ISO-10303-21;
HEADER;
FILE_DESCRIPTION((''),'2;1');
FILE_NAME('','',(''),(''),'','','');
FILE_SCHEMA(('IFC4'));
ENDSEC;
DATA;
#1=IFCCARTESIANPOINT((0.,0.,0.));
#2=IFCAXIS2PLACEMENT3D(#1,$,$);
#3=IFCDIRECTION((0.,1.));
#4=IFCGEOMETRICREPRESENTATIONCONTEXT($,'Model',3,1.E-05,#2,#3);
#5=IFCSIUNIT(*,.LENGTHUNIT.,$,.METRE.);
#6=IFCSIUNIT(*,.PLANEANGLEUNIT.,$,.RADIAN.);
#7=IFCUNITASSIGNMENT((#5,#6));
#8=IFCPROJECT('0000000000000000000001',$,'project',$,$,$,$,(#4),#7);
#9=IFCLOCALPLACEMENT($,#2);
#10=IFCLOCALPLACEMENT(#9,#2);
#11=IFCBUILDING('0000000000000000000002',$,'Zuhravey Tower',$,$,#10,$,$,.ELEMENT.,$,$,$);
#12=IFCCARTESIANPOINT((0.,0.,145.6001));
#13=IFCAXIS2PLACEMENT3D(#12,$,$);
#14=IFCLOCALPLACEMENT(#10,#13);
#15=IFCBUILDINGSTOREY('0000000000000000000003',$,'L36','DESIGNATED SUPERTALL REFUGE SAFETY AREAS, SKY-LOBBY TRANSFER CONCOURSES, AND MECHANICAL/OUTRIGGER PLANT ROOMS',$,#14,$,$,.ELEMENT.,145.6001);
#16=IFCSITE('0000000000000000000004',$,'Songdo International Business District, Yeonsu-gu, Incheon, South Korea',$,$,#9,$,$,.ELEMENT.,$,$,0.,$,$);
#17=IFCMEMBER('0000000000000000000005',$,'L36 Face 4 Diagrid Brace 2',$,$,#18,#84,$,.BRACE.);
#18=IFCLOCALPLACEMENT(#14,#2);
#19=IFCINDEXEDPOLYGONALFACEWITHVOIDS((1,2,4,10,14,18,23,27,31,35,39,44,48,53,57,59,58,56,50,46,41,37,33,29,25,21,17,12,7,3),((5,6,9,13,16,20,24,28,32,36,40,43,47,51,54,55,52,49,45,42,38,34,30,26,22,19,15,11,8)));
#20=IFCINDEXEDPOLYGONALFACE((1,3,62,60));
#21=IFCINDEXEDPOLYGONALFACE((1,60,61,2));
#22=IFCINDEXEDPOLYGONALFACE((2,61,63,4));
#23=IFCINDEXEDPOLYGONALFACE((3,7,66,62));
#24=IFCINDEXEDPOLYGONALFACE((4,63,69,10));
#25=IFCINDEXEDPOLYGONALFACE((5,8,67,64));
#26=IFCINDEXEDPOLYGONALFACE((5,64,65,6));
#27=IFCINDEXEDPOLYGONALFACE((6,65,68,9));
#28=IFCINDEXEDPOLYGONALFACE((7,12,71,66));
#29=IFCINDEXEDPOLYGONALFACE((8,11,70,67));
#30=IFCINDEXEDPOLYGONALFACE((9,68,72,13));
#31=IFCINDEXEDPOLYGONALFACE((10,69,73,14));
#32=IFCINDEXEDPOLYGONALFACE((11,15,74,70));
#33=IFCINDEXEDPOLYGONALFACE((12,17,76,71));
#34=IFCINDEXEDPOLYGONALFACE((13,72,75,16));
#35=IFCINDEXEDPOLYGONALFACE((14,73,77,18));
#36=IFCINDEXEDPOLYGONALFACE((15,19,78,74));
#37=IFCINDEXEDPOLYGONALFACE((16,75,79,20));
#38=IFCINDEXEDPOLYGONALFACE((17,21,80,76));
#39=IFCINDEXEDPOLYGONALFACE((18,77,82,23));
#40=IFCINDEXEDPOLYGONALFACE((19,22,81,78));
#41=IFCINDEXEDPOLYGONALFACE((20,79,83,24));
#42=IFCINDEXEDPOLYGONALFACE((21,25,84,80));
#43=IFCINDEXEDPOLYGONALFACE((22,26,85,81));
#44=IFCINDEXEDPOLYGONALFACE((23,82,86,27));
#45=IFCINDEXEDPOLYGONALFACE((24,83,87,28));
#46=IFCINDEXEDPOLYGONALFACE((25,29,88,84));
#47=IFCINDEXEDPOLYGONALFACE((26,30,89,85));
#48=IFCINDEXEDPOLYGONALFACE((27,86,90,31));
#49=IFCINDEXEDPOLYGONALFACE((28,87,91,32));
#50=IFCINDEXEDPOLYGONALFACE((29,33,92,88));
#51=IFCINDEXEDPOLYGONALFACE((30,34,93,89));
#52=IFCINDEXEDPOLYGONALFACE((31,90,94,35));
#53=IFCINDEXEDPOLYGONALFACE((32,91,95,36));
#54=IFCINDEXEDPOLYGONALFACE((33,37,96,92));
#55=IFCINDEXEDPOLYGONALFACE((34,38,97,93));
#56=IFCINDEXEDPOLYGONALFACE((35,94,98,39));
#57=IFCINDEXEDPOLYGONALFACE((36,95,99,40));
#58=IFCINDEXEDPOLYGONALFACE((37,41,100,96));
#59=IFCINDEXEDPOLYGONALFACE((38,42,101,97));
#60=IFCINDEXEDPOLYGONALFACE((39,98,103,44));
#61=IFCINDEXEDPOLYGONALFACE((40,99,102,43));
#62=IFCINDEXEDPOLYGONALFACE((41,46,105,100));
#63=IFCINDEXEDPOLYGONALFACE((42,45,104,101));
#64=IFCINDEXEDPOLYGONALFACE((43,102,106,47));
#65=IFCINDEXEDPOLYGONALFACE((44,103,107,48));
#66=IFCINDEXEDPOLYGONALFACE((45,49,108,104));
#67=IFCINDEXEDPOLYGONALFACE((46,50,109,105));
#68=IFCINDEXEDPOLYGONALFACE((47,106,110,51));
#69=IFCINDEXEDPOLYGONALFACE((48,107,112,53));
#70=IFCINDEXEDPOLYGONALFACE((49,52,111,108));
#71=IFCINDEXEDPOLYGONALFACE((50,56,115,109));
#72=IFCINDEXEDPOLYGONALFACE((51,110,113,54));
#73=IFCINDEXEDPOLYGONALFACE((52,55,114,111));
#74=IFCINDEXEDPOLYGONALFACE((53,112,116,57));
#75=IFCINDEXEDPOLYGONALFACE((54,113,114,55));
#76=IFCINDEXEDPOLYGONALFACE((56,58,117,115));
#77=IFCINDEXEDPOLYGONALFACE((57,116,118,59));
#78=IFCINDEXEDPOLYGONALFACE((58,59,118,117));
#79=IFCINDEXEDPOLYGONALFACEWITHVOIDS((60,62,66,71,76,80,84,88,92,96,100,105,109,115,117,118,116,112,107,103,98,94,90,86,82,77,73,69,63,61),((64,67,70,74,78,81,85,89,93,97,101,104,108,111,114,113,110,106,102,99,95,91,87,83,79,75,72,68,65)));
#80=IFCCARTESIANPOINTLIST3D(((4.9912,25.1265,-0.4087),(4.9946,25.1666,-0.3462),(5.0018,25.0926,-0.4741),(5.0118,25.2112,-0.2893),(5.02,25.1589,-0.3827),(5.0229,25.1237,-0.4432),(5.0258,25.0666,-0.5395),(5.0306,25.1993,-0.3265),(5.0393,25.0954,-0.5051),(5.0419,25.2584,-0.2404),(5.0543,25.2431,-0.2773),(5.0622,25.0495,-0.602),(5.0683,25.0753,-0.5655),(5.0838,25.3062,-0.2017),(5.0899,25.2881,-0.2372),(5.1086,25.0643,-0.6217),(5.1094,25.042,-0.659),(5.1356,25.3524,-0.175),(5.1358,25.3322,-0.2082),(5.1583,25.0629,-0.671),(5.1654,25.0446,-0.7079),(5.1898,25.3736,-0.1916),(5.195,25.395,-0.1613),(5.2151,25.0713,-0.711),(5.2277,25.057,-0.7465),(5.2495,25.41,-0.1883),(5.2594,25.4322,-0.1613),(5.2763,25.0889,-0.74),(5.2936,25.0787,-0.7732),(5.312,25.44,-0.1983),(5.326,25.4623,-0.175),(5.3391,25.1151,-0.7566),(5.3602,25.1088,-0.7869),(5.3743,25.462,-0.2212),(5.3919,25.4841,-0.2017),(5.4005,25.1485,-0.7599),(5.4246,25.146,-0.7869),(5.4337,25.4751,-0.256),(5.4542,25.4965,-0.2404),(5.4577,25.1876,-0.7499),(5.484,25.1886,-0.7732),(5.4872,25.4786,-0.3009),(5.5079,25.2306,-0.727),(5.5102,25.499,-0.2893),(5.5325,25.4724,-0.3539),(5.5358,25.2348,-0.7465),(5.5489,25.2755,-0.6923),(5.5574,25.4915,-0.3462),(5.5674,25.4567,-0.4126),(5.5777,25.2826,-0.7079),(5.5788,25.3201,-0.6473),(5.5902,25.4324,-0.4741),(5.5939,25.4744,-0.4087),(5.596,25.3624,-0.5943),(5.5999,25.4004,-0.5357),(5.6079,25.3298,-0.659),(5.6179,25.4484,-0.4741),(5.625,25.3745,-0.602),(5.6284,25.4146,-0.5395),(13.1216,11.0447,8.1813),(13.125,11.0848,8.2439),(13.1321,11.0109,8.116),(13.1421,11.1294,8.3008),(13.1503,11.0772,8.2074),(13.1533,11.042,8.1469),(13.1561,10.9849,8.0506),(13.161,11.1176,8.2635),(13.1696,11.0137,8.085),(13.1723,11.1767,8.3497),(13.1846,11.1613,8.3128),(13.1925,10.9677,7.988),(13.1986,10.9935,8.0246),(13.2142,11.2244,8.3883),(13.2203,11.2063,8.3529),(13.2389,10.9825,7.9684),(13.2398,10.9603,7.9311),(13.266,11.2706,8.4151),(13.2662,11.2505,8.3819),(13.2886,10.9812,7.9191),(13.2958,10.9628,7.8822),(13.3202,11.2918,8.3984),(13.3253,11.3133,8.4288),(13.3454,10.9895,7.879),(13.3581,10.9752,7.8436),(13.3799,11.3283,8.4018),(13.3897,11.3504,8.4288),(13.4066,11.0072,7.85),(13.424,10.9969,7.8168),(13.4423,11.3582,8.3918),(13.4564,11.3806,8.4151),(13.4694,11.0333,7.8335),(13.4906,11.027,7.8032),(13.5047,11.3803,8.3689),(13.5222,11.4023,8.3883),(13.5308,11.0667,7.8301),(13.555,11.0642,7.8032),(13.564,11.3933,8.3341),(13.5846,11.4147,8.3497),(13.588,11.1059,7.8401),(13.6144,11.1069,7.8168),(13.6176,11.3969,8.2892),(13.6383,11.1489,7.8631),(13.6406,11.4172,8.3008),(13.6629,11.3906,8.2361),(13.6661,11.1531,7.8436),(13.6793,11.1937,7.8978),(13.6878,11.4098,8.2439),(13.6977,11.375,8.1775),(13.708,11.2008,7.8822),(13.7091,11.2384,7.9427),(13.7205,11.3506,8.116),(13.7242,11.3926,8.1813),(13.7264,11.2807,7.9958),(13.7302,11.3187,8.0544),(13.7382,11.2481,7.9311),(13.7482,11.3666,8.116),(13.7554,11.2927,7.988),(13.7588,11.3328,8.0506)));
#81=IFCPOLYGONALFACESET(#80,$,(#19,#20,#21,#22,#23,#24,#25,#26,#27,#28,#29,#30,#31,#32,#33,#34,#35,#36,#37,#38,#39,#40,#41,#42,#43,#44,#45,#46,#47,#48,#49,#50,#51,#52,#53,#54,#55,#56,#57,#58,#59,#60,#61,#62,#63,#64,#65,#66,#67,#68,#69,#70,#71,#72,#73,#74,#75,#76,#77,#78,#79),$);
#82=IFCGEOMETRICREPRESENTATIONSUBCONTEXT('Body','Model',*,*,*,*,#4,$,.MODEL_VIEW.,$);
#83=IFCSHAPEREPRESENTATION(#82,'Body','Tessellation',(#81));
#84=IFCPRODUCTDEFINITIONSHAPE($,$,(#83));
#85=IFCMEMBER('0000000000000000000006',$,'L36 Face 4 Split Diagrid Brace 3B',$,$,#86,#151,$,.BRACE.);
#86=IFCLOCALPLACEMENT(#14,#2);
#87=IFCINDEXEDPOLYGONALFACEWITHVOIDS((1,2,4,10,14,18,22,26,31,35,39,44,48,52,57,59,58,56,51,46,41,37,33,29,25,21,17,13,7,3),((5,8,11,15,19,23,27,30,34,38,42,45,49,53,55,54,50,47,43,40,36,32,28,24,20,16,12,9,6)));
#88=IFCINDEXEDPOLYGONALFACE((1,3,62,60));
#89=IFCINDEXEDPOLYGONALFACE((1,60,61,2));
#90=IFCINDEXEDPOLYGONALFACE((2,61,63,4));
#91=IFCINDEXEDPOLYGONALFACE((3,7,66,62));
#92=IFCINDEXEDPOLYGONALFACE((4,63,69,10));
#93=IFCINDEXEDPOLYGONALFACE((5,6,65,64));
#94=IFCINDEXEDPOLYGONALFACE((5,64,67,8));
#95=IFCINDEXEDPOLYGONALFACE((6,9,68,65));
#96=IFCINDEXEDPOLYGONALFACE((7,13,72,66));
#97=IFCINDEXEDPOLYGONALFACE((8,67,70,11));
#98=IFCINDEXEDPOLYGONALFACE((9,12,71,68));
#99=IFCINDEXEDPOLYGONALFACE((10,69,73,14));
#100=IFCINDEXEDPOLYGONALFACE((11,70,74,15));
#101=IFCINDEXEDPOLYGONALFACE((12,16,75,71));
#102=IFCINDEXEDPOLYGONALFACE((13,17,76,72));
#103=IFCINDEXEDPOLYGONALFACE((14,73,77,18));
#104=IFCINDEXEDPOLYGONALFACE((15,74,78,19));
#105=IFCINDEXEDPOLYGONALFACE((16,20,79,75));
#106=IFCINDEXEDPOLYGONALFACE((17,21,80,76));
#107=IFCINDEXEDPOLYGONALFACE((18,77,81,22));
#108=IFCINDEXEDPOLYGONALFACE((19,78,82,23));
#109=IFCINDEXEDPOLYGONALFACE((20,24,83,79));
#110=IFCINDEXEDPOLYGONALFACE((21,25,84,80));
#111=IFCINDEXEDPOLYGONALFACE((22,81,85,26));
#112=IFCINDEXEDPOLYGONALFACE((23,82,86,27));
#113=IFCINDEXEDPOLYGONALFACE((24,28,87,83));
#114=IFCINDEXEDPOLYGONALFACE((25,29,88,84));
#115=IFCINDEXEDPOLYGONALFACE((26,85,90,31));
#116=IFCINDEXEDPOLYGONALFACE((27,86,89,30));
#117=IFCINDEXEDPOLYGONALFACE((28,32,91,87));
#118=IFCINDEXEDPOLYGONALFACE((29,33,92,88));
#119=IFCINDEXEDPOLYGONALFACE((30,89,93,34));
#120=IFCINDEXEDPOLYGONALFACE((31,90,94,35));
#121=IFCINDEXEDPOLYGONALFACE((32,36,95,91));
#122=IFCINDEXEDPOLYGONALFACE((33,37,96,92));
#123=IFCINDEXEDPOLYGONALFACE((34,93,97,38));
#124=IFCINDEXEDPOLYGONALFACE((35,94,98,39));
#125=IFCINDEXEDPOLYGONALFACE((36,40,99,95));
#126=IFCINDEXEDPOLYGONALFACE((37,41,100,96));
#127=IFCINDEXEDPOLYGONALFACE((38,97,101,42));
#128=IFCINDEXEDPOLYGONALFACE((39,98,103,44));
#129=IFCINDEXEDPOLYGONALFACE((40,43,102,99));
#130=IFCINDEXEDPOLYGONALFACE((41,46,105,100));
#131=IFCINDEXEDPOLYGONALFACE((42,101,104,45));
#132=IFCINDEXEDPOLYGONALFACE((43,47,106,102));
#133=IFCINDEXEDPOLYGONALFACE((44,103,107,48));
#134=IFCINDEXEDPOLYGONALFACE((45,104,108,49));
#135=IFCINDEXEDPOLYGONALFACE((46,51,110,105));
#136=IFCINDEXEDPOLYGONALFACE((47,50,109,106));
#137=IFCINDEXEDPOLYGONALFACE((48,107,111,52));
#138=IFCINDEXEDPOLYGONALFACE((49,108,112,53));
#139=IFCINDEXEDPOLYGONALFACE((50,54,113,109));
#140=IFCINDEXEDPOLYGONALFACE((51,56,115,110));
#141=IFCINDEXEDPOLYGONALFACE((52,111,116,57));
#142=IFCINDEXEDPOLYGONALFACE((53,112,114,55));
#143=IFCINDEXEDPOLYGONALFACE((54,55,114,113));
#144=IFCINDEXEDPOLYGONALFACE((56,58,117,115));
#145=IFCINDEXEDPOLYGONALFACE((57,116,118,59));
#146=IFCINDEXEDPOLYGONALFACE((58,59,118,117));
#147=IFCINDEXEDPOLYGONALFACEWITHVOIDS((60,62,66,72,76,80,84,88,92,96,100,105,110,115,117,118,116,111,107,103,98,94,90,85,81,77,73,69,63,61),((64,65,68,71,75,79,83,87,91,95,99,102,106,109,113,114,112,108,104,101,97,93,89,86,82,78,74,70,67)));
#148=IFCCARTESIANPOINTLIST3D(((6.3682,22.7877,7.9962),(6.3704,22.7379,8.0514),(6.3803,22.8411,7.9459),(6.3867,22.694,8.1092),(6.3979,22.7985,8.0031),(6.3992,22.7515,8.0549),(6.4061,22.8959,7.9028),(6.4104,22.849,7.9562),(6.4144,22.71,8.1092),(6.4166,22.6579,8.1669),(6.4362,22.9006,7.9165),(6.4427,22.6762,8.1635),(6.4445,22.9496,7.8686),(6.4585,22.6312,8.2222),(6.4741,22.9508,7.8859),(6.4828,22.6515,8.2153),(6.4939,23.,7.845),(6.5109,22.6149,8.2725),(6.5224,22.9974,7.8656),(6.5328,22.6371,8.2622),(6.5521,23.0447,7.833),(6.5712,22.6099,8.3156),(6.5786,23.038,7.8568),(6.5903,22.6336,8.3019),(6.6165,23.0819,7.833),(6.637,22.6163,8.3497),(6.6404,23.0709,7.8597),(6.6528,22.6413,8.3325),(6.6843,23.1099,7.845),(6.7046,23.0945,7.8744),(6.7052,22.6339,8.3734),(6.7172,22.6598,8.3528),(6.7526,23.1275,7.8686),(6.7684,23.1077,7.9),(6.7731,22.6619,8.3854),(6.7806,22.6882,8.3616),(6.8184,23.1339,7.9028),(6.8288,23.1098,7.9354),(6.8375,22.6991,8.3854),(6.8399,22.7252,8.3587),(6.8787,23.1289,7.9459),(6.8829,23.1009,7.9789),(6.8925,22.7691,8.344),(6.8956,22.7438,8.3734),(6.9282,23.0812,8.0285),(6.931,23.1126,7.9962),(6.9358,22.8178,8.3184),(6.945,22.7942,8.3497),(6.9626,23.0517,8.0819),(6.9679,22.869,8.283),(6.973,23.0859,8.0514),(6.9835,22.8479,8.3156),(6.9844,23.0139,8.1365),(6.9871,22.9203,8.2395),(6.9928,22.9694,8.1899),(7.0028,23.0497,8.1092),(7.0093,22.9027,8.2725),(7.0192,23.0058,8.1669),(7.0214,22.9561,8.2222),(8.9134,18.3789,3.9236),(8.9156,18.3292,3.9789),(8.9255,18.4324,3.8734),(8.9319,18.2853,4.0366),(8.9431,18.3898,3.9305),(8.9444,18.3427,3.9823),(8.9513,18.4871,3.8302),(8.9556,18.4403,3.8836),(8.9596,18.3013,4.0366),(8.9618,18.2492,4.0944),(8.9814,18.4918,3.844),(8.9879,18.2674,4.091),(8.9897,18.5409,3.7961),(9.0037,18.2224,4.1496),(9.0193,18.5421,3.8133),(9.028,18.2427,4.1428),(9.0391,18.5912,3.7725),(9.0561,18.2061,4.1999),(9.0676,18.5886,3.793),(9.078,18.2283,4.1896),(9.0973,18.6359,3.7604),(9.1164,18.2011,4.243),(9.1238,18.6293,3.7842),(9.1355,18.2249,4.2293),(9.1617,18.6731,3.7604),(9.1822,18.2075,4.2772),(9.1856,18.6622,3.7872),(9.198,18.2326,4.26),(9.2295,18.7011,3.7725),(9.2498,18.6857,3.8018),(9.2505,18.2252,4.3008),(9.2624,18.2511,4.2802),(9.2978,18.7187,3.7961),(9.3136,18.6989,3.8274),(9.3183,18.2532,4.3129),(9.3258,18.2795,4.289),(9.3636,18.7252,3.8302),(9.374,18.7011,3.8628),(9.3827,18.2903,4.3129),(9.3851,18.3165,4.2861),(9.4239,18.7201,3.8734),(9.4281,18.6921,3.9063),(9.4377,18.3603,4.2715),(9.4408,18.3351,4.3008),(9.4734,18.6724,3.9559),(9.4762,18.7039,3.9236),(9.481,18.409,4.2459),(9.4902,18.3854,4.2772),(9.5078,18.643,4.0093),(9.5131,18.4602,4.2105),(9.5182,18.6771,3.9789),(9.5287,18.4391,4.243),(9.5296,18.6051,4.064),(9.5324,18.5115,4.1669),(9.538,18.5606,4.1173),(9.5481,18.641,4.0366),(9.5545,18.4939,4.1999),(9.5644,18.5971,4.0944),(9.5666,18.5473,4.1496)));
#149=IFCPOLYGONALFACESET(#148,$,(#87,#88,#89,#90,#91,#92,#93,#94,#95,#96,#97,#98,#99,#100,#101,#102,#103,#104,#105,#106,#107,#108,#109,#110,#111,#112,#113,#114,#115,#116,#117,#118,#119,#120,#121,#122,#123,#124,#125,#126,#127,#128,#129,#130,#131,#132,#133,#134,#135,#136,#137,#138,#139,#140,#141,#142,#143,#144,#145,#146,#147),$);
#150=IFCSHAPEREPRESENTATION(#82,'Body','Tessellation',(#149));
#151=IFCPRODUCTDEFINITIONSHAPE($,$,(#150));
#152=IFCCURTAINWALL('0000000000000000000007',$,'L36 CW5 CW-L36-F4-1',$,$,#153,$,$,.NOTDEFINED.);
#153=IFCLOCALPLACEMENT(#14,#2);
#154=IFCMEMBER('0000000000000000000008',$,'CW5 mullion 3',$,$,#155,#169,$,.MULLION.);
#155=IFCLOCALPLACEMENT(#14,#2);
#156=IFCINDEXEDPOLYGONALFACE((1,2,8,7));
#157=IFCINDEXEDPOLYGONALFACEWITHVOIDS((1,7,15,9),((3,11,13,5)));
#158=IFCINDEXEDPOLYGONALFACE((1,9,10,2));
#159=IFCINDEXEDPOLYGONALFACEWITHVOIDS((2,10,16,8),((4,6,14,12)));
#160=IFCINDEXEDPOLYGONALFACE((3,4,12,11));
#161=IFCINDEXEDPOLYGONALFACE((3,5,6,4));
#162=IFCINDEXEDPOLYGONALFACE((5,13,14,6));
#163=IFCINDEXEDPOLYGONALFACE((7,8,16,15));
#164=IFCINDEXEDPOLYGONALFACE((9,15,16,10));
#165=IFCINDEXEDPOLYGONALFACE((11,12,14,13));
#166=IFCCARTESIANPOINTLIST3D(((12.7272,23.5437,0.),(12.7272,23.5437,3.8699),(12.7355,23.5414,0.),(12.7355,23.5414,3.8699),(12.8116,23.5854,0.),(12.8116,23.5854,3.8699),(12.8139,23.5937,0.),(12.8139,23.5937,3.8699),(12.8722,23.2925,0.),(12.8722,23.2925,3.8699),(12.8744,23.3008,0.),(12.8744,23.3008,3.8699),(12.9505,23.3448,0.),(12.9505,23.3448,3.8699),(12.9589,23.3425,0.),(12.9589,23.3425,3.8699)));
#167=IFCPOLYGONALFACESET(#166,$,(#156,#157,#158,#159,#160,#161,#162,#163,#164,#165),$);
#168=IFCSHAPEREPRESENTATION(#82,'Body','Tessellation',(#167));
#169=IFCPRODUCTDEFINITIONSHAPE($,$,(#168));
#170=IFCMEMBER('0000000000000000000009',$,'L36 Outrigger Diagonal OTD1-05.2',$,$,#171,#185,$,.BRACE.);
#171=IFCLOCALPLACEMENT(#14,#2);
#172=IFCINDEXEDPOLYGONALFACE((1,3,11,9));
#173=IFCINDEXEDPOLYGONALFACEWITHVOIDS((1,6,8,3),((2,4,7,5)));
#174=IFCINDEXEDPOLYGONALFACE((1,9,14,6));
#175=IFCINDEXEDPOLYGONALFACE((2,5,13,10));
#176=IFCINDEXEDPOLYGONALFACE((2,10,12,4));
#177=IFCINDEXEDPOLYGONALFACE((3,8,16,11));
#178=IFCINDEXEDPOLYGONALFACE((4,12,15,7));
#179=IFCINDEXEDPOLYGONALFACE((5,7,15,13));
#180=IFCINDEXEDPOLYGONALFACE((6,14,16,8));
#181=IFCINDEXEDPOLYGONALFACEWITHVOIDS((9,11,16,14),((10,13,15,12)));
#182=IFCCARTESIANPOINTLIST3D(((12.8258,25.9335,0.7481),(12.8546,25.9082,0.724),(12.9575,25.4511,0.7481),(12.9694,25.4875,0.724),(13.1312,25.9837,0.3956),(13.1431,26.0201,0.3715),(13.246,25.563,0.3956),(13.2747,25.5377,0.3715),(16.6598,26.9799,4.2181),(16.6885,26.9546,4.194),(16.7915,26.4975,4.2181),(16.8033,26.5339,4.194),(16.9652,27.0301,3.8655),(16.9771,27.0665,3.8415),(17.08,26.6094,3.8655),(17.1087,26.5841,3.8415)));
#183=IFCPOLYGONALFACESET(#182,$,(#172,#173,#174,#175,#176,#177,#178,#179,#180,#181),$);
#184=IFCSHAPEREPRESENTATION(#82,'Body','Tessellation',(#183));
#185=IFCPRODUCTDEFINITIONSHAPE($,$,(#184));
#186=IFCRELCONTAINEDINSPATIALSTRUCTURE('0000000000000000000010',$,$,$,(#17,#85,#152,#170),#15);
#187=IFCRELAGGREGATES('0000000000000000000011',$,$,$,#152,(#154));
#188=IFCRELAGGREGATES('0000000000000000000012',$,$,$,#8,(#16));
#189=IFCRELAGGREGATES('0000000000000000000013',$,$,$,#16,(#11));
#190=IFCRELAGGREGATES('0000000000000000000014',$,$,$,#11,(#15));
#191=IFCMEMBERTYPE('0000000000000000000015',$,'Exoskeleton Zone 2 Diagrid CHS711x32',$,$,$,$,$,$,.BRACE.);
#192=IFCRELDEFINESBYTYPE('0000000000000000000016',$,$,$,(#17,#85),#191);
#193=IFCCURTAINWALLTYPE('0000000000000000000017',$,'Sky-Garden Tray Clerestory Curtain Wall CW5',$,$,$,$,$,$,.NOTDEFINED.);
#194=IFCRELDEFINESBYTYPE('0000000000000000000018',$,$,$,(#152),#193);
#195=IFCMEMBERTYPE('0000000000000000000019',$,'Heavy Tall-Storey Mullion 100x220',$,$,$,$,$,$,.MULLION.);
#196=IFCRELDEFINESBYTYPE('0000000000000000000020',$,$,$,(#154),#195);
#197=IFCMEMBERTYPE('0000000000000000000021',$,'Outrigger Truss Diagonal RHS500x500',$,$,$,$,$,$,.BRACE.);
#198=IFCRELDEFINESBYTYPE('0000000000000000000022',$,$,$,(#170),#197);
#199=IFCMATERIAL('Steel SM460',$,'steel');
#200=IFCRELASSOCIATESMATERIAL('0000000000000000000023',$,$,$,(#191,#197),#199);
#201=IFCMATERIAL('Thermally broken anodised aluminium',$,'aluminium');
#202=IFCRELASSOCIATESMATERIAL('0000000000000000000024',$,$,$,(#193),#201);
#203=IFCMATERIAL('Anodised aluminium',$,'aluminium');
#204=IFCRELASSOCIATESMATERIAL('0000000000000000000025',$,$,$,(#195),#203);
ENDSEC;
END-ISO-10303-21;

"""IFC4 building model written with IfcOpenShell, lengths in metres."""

from ifc_helpers import new_model, si_unit, direction, frame, origin, origin_2d, place, context, subcontext, project, spatial, hollow_rectangle, hollow_circle, extrude, material, material_profile, profile_set, type_object, element, aggregate, save


model = new_model("IFC4")

# Units and contexts
model_context = context("Model", 3, precision=1e-05, world=origin(), true_north=direction((0.0, 1.0)))
body_context = subcontext(model_context, "Body", "Model", "MODEL_VIEW")
ifc_project = project(units=[si_unit("LENGTHUNIT", "METRE"), si_unit("PLANEANGLEUNIT", "RADIAN")], contexts=[model_context])

# Site, building, storey
site_placement = place(None, origin())
site = spatial("IfcSite", under=ifc_project, at=site_placement, Name="Songdo International Business District, Yeonsu-gu, Incheon, South Korea", CompositionType="ELEMENT", RefElevation=0.0)
building_placement = place(site_placement, origin())
building = spatial("IfcBuilding", under=site, at=building_placement, Name="Zuhravey Tower", CompositionType="ELEMENT")
storey_placement = place(building_placement, frame((0.0, 0.0, 145.6001)))
storey = spatial("IfcBuildingStorey", under=building, at=storey_placement, Name="L36", Description="DESIGNATED SUPERTALL REFUGE SAFETY AREAS, SKY-LOBBY TRANSFER CONCOURSES, AND MECHANICAL/OUTRIGGER PLANT ROOMS", CompositionType="ELEMENT", Elevation=145.6001)

# Members
ifc_material_1 = material(Name="Steel SM460", Category="steel")
ifc_material_profile_1 = material_profile(ifc_material_1, hollow_circle(Radius=0.3557, WallThickness=0.032, at=origin_2d()), Name="CHS-711.2x32")
ifc_profile_set_1 = profile_set([ifc_material_profile_1], Name="Steel SM460")
member_type_1 = type_object("IfcMemberType", Name="Exoskeleton Zone 2 Diagrid CHS711x32", PredefinedType="BRACE", material=ifc_profile_set_1)
member_1_placement = place(storey_placement, frame((5.3098, 25.2705, -0.4741), z_axis=(0.44211, -0.765734, 0.467108), x_axis=(0.866019, 0.500011, 0.0)))
element("IfcMember", 1, at=member_1_placement, inside=storey, type_object=member_type_1, Name="L36 Face 4 Diagrid Brace 2", PredefinedType="BRACE", context=body_context, shape_type="SweptSolid", body=[
    extrude(hollow_circle(Radius=0.3557, WallThickness=0.032, at=origin_2d()), origin(), (0.0, 0.0, 1.0), 18.3899),
])
member_2_placement = place(storey_placement, frame((9.24, 18.4631, 4.0366), z_axis=(-0.390412, 0.676264, 0.624696), x_axis=(-0.866042, -0.499972, 0.0)))
element("IfcMember", 2, at=member_2_placement, inside=storey, type_object=member_type_1, Name="L36 Face 4 Split Diagrid Brace 3B", PredefinedType="BRACE", context=body_context, shape_type="SweptSolid", body=[
    extrude(hollow_circle(Radius=0.3557, WallThickness=0.032, at=origin_2d()), origin(), (0.0, 0.0, 1.0), 6.5193),
])

# Curtain wall, member
ifc_material_2 = material(Name="Thermally broken anodised aluminium", Category="aluminium")
curtain_wall_type = type_object("IfcCurtainWallType", Name="Sky-Garden Tray Clerestory Curtain Wall CW5", PredefinedType="NOTDEFINED", material=ifc_material_2)
curtain_wall_placement = place(storey_placement, origin())
curtain_wall = element("IfcCurtainWall", 3, at=curtain_wall_placement, inside=storey, type_object=curtain_wall_type, Name="L36 CW5 CW-L36-F4-1", PredefinedType="NOTDEFINED")
ifc_material_3 = material(Name="Anodised aluminium", Category="aluminium")
ifc_material_profile_2 = material_profile(ifc_material_3, hollow_rectangle(XDim=0.1001, YDim=0.29, WallThickness=0.0061, at=origin_2d()), Name="ALU-RHS-100x290x6")
ifc_profile_set_2 = profile_set([ifc_material_profile_2], Name="Anodised aluminium")
member_type_2 = type_object("IfcMemberType", Name="Heavy Tall-Storey Mullion 100x220", PredefinedType="MULLION", material=ifc_profile_set_2)
member_3_placement = place(storey_placement, frame((12.843, 23.4431, 0.0), z_axis=(0.0, 0.0, 1.0), x_axis=(-0.866026, -0.5, 0.0)))
member_3 = element("IfcMember", 4, at=member_3_placement, type_object=member_type_2, Name="CW5 mullion 3", PredefinedType="MULLION", context=body_context, shape_type="SweptSolid", body=[
    extrude(hollow_rectangle(XDim=0.1001, YDim=0.29, WallThickness=0.0061, at=origin_2d()), origin(), (0.0, 0.0, 1.0), 3.8699),
])

# Member
ifc_material_profile_3 = material_profile(ifc_material_1, hollow_rectangle(XDim=0.5, YDim=0.5, WallThickness=0.032, at=origin_2d()), Name="RHS-500x500x32")
ifc_profile_set_3 = profile_set([ifc_material_profile_3], Name="Steel SM460")
member_type_3 = type_object("IfcMemberType", Name="Outrigger Truss Diagonal RHS500x500", PredefinedType="BRACE", material=ifc_profile_set_3)
member_4_placement = place(storey_placement, frame((13.0503, 25.7356, 0.5598), z_axis=(0.726699, 0.198334, 0.657703), x_axis=(-0.263294, 0.964716, 0.0)))
element("IfcMember", 5, at=member_4_placement, inside=storey, type_object=member_type_3, Name="L36 Outrigger Diagonal OTD1-05.2", PredefinedType="BRACE", context=body_context, shape_type="SweptSolid", body=[
    extrude(hollow_rectangle(XDim=0.5, YDim=0.5, WallThickness=0.032, at=origin_2d()), origin(), (0.0, 0.0, 1.0), 5.2759),
])

aggregate(curtain_wall, [member_3])

save(model, "model.ifc")
